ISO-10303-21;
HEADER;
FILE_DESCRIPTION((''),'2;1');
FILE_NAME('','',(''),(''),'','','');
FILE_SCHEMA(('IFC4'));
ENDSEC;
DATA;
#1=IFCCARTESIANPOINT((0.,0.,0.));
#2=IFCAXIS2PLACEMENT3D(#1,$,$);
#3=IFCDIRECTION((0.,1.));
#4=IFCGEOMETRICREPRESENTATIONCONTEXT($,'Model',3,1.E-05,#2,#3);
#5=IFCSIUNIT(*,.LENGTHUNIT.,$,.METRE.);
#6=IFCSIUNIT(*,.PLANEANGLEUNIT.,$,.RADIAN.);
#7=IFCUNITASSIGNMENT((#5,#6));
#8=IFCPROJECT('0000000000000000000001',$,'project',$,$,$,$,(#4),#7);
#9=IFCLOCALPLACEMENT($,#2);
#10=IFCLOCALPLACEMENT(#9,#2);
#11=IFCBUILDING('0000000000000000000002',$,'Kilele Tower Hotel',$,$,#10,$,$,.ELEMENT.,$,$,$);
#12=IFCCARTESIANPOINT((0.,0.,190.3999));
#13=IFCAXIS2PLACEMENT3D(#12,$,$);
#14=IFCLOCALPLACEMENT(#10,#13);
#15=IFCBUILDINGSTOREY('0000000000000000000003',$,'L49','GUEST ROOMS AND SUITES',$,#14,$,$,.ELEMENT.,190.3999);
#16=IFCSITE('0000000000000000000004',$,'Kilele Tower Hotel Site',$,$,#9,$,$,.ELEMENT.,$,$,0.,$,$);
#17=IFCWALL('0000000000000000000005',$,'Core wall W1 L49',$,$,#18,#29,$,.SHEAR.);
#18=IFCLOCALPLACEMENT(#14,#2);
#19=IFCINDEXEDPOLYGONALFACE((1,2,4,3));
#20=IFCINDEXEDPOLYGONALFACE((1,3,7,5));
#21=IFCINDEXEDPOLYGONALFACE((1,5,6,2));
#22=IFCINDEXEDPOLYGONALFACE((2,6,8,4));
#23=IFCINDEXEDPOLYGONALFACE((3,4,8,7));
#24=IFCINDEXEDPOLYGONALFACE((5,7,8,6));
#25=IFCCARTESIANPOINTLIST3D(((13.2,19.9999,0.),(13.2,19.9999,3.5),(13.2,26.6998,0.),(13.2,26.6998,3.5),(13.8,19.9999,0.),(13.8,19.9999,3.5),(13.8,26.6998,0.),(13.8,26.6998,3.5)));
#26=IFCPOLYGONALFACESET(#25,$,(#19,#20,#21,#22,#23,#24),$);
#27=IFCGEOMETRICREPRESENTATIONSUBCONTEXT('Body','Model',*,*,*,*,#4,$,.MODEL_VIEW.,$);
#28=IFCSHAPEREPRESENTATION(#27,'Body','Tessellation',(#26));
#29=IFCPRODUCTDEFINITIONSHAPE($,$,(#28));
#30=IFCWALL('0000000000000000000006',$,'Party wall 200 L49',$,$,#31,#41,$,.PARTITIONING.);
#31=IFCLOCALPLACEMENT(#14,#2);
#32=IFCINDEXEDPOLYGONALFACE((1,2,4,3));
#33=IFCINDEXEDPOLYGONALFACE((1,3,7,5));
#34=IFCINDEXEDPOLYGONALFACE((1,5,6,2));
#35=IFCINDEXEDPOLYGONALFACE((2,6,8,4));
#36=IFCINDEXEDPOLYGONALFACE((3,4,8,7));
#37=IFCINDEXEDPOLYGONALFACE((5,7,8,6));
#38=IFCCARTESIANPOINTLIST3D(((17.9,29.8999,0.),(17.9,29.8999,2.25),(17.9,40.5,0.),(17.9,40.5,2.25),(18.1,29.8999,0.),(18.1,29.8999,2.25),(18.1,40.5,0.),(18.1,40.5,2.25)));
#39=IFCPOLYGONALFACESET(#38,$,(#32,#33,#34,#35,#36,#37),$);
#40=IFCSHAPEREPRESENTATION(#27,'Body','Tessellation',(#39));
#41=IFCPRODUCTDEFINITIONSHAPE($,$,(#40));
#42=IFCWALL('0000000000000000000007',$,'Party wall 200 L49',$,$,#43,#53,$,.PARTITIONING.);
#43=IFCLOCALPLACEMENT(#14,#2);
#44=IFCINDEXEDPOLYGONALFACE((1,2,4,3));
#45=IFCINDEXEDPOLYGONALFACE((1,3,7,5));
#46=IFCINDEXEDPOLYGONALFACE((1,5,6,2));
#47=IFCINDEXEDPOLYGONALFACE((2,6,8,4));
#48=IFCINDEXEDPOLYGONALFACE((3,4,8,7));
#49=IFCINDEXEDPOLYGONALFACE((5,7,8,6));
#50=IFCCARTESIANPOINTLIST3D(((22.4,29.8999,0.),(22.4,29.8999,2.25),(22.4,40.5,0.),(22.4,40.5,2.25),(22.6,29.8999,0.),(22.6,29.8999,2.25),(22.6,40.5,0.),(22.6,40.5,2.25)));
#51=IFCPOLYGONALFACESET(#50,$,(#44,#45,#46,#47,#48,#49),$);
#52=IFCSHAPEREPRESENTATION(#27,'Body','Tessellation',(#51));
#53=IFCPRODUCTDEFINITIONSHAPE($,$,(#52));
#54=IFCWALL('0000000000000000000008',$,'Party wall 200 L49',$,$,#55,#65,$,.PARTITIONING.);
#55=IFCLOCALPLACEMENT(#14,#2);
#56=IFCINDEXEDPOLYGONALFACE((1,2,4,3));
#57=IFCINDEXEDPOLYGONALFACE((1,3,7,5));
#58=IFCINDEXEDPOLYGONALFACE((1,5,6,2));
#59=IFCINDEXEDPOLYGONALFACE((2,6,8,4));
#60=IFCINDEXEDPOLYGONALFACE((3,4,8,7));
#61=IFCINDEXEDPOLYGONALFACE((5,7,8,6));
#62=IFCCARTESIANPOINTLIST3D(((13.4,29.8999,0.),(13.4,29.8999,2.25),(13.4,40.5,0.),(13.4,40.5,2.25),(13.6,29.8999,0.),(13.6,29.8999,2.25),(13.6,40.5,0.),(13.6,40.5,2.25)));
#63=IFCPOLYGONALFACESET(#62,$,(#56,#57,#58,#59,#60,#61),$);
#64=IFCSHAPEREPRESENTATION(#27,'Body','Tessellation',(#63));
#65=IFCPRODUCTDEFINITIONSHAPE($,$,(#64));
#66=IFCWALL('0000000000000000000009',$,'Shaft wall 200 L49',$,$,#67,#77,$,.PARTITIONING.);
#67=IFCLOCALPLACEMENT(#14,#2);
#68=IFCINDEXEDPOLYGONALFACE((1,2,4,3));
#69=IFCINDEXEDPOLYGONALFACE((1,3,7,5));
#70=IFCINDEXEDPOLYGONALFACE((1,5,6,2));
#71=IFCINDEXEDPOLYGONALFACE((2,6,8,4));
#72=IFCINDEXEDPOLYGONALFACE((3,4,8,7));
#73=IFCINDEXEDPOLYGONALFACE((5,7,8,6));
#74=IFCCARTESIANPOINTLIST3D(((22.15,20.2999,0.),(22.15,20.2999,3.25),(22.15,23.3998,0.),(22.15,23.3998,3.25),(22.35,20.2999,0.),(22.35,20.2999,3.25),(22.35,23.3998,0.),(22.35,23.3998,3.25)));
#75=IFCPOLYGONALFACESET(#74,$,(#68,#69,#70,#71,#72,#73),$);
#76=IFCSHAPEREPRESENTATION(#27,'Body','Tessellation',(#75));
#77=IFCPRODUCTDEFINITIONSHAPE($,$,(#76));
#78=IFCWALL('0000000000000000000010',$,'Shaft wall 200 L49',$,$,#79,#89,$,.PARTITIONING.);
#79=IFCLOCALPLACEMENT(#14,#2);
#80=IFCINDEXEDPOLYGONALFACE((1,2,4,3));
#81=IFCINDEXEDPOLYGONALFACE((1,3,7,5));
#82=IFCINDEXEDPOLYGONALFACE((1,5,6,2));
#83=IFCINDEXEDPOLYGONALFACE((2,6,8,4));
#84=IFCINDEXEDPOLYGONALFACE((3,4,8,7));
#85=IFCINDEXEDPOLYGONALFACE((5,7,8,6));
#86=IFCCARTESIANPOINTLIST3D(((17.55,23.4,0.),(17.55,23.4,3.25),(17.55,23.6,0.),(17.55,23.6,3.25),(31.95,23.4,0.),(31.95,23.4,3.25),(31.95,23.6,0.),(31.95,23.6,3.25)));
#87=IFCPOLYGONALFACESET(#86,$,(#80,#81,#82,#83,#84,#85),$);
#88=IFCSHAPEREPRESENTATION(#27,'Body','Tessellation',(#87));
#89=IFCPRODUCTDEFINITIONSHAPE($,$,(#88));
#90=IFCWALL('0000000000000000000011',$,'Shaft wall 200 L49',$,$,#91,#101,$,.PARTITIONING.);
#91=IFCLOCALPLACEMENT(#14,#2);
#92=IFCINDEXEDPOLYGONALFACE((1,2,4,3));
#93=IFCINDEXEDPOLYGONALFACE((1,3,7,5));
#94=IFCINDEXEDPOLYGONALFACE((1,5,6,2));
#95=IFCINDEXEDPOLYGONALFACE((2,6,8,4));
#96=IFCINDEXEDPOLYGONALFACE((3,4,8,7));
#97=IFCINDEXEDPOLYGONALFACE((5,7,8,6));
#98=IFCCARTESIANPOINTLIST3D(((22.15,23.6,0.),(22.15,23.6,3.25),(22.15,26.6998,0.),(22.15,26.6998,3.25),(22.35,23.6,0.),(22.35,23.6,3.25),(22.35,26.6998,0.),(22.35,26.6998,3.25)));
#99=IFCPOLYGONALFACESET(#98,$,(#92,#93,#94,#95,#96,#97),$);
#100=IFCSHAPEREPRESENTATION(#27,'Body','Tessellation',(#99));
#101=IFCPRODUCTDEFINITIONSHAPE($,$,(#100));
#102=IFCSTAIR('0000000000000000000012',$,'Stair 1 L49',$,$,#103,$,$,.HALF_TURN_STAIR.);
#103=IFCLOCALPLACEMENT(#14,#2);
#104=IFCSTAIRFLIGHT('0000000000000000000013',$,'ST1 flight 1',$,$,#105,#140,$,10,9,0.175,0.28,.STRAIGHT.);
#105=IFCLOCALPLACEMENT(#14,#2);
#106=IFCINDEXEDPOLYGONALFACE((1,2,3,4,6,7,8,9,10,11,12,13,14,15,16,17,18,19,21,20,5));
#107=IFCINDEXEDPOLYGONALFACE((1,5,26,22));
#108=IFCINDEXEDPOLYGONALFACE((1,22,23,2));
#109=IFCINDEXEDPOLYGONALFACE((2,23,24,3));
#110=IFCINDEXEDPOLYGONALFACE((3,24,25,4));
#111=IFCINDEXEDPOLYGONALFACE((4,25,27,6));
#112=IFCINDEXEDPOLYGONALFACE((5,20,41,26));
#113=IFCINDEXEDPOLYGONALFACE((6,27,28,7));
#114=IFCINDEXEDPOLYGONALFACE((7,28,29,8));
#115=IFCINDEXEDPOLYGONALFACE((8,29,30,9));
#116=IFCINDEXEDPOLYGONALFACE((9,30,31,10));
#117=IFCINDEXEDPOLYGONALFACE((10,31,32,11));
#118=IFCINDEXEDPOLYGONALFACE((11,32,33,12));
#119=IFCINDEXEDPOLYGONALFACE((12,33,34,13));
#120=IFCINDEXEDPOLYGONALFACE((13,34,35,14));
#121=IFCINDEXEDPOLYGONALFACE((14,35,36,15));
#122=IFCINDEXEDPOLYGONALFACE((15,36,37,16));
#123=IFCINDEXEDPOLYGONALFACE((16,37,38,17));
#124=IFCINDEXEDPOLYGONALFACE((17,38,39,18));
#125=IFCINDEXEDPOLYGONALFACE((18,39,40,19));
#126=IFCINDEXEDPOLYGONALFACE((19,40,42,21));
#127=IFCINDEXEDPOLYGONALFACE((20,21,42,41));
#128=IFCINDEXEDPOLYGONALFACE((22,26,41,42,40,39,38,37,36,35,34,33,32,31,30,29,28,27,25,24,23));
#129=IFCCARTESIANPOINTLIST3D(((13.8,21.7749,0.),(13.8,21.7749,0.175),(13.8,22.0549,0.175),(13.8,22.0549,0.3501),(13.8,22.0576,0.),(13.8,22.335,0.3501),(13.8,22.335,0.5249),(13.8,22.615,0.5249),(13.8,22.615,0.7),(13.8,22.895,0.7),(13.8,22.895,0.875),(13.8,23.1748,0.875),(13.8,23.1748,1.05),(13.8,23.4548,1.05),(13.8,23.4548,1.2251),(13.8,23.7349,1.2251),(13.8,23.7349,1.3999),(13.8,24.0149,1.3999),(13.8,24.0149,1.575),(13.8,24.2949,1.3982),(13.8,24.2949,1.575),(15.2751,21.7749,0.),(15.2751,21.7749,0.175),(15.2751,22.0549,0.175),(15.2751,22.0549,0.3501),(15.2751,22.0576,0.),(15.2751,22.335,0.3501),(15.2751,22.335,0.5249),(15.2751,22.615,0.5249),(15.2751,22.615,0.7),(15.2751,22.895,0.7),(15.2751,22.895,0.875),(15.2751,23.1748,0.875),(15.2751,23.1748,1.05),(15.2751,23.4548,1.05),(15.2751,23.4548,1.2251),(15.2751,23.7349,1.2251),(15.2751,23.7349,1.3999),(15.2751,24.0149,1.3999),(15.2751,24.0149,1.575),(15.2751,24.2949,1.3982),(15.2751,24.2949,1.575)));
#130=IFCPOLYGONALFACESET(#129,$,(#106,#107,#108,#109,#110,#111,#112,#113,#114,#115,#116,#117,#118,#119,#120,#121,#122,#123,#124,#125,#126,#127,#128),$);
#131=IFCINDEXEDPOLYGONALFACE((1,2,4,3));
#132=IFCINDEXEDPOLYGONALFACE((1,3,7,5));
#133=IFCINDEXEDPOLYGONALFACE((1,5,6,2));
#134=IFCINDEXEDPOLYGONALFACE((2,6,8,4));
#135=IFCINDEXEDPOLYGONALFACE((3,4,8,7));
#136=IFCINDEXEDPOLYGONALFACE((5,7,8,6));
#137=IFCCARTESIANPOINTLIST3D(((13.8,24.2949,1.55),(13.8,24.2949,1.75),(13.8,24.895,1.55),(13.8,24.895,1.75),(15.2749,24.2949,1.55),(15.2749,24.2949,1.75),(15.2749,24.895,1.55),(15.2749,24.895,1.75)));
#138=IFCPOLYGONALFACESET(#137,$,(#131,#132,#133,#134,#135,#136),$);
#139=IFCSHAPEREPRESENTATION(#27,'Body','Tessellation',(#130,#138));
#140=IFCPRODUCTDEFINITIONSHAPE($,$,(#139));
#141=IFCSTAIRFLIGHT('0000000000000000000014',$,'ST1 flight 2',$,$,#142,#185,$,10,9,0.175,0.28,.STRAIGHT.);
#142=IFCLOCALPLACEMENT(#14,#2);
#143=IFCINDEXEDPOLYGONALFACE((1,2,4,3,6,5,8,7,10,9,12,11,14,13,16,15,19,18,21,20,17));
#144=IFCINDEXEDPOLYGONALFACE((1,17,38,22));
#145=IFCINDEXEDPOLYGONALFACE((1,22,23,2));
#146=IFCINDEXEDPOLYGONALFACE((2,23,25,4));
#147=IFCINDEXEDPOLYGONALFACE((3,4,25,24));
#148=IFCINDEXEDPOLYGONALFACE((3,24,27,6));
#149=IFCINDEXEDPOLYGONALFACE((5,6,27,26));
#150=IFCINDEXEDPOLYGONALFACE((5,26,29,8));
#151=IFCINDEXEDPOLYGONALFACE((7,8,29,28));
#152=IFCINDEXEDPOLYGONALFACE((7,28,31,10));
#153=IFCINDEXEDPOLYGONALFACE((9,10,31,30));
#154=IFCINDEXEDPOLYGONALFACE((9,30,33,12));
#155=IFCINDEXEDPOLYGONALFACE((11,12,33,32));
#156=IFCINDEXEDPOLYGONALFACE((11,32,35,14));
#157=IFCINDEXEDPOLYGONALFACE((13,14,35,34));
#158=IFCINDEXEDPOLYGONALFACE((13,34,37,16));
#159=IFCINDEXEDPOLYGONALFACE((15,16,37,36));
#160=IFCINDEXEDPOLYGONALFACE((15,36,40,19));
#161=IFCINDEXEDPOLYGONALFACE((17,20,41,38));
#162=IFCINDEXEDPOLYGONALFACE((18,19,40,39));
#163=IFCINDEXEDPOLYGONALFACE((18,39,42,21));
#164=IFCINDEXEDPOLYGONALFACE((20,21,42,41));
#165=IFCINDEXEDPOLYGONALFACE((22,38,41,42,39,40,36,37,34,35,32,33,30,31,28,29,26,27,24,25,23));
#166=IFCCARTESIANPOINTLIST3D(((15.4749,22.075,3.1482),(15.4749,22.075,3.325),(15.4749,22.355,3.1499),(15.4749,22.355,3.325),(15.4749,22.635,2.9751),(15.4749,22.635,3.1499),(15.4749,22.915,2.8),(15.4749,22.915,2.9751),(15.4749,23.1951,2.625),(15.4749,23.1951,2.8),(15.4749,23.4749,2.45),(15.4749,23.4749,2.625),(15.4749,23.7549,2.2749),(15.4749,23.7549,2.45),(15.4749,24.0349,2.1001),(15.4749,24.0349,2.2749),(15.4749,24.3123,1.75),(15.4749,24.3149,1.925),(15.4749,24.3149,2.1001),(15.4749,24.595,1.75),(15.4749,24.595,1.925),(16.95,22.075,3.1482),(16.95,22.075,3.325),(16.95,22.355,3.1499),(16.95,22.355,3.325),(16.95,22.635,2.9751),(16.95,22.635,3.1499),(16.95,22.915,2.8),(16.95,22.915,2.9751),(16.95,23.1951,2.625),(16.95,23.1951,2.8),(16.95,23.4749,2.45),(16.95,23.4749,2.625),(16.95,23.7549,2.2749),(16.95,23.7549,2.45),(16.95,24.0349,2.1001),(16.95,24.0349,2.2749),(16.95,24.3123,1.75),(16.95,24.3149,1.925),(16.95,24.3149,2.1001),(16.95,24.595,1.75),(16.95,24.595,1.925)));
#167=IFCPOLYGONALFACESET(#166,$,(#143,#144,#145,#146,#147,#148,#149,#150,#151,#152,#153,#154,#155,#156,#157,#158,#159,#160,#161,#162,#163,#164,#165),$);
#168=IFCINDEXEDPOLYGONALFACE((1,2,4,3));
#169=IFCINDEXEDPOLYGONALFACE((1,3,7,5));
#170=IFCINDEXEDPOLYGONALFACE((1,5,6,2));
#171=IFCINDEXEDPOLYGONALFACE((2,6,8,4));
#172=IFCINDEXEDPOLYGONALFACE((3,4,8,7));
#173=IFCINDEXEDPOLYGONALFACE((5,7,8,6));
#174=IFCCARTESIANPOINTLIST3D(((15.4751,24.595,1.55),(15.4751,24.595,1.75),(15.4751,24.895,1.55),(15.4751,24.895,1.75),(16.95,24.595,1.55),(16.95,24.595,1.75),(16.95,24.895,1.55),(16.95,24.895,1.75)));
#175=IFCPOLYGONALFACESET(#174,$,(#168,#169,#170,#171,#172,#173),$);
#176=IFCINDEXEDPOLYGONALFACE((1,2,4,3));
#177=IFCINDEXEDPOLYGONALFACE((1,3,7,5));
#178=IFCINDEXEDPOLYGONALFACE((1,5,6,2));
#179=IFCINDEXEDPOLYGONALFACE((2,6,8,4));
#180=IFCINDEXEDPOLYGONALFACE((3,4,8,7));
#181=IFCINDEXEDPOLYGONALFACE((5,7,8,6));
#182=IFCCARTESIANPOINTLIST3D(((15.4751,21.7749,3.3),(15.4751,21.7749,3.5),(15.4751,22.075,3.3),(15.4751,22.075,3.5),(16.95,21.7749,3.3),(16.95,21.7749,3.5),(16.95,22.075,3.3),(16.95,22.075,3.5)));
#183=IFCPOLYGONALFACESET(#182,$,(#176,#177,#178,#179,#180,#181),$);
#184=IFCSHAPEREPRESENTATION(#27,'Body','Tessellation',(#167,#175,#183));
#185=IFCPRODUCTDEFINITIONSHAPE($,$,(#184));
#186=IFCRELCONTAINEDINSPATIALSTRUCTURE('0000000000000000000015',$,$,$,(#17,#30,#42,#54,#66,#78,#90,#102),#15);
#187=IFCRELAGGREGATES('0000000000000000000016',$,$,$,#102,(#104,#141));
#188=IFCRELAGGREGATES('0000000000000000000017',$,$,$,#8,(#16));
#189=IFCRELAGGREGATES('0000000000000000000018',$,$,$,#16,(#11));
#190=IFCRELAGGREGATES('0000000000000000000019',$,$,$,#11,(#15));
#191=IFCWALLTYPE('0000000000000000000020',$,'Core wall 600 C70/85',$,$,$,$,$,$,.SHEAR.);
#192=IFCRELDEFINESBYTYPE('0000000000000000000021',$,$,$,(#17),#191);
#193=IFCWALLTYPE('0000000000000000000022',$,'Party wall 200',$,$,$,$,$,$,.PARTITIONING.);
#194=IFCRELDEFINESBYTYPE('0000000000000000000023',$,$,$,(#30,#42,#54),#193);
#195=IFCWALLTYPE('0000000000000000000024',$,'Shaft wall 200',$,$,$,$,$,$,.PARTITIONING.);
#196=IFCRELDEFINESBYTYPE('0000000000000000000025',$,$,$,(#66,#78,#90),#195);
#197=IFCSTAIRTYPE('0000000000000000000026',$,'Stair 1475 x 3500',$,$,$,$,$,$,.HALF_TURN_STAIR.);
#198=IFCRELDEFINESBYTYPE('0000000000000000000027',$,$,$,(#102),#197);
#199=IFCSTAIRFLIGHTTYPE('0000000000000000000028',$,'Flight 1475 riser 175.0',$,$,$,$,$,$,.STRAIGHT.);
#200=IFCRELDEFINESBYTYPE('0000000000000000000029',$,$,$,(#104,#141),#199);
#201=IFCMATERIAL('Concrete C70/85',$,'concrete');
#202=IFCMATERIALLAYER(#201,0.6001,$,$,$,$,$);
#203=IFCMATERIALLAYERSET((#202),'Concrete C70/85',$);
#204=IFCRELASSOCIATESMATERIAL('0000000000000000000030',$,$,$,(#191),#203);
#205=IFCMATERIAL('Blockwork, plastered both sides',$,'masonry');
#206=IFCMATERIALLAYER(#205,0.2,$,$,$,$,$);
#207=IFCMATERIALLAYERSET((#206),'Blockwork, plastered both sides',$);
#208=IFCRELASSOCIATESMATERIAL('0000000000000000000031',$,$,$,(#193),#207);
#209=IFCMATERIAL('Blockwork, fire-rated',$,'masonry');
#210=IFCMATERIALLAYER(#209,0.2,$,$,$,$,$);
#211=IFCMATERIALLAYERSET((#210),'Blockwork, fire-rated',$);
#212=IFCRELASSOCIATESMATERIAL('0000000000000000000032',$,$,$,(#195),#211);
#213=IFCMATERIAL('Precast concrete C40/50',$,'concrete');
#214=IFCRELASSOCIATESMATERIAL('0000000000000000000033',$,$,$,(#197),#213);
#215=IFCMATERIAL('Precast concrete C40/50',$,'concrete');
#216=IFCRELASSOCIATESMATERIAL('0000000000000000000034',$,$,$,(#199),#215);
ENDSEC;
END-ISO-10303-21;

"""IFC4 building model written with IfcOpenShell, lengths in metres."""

from ifc_helpers import new_model, si_unit, direction, frame, frame_2d, origin, place, context, subcontext, project, spatial, polyline, rectangle, outline, extrude, material, layer, layer_set, type_object, element, aggregate, save


model = new_model("IFC4")

# Units and contexts
model_context = context("Model", 3, precision=1e-05, world=origin(), true_north=direction((0.0, 1.0)))
body_context = subcontext(model_context, "Body", "Model", "MODEL_VIEW")
ifc_project = project(units=[si_unit("LENGTHUNIT", "METRE"), si_unit("PLANEANGLEUNIT", "RADIAN")], contexts=[model_context])

# Site, building, storey
site_placement = place(None, origin())
site = spatial("IfcSite", under=ifc_project, at=site_placement, Name="Kilele Tower Hotel Site", CompositionType="ELEMENT", RefElevation=0.0)
building_placement = place(site_placement, origin())
building = spatial("IfcBuilding", under=site, at=building_placement, Name="Kilele Tower Hotel", CompositionType="ELEMENT")
storey_placement = place(building_placement, frame((0.0, 0.0, 190.3999)))
storey = spatial("IfcBuildingStorey", under=building, at=storey_placement, Name="L49", Description="GUEST ROOMS AND SUITES", CompositionType="ELEMENT", Elevation=190.3999)

# Walls
ifc_material_1 = material(Name="Concrete C70/85", Category="concrete")
ifc_layer_1 = layer(ifc_material_1, 0.6001)
ifc_layer_set_1 = layer_set([ifc_layer_1], Name="Concrete C70/85")
wall_type_1 = type_object("IfcWallType", Name="Core wall 600 C70/85", PredefinedType="SHEAR", material=ifc_layer_set_1)
wall_1_placement = place(storey_placement, frame((13.5, 26.7, 0.0), z_axis=(0.0, 0.0, 1.0), x_axis=(0.0, -1.0, 0.0)))
element("IfcWall", 1, at=wall_1_placement, inside=storey, type_object=wall_type_1, Name="Core wall W1 L49", PredefinedType="SHEAR", context=body_context, shape_type="SweptSolid", body=[
    extrude(rectangle(XDim=6.7, YDim=0.6001, at=frame_2d((3.3501, 0.0))), origin(), (0.0, 0.0, 1.0), 3.5),
])
ifc_material_2 = material(Name="Blockwork, plastered both sides", Category="masonry")
ifc_layer_2 = layer(ifc_material_2, 0.2)
ifc_layer_set_2 = layer_set([ifc_layer_2], Name="Blockwork, plastered both sides")
wall_type_2 = type_object("IfcWallType", Name="Party wall 200", PredefinedType="PARTITIONING", material=ifc_layer_set_2)
for number, where, z_axis, x_axis, name in (
    (2, (18.0, 29.8999, 0.0), (0.0, 0.0, 1.0), (0.0, 1.0, 0.0), "Party wall 200 L49"),
    (3, (22.5, 29.8999, 0.0), (0.0, 0.0, 1.0), (0.0, 1.0, 0.0), "Party wall 200 L49"),
    (4, (13.5, 29.8999, 0.0), (0.0, 0.0, 1.0), (0.0, 1.0, 0.0), "Party wall 200 L49"),
):
    element("IfcWall", number, at=place(storey_placement, frame(where, z_axis=z_axis, x_axis=x_axis)), inside=storey, type_object=wall_type_2, Name=name, PredefinedType="PARTITIONING", context=body_context, shape_type="SweptSolid", body=[
        extrude(rectangle(XDim=10.6001, YDim=0.2, at=frame_2d((5.3, 0.0))), origin(), (0.0, 0.0, 1.0), 2.25),
    ])
ifc_material_3 = material(Name="Blockwork, fire-rated", Category="masonry")
ifc_layer_3 = layer(ifc_material_3, 0.2)
ifc_layer_set_3 = layer_set([ifc_layer_3], Name="Blockwork, fire-rated")
wall_type_3 = type_object("IfcWallType", Name="Shaft wall 200", PredefinedType="PARTITIONING", material=ifc_layer_set_3)
wall_2_placement = place(storey_placement, frame((22.25, 20.3, 0.0), z_axis=(0.0, 0.0, 1.0), x_axis=(0.0, 1.0, 0.0)))
element("IfcWall", 5, at=wall_2_placement, inside=storey, type_object=wall_type_3, Name="Shaft wall 200 L49", PredefinedType="PARTITIONING", context=body_context, shape_type="SweptSolid", body=[
    extrude(rectangle(XDim=3.0999, YDim=0.2, at=frame_2d((1.5498, 0.0))), origin(), (0.0, 0.0, 1.0), 3.25),
])
wall_3_placement = place(storey_placement, frame((17.55, 23.5, 0.0), z_axis=(0.0, 0.0, 1.0), x_axis=(1.0, 0.0, 0.0)))
element("IfcWall", 6, at=wall_3_placement, inside=storey, type_object=wall_type_3, Name="Shaft wall 200 L49", PredefinedType="PARTITIONING", context=body_context, shape_type="SweptSolid", body=[
    extrude(rectangle(XDim=14.3999, YDim=0.2, at=frame_2d((7.2, 0.0))), origin(), (0.0, 0.0, 1.0), 3.25),
])
wall_4_placement = place(storey_placement, frame((22.25, 23.6001, 0.0), z_axis=(0.0, 0.0, 1.0), x_axis=(0.0, 1.0, 0.0)))
element("IfcWall", 7, at=wall_4_placement, inside=storey, type_object=wall_type_3, Name="Shaft wall 200 L49", PredefinedType="PARTITIONING", context=body_context, shape_type="SweptSolid", body=[
    extrude(rectangle(XDim=3.0999, YDim=0.2, at=frame_2d((1.5498, 0.0))), origin(), (0.0, 0.0, 1.0), 3.25),
])

# Stair, stair flights
ifc_material_4 = material(Name="Precast concrete C40/50", Category="concrete")
stair_type = type_object("IfcStairType", Name="Stair 1475 x 3500", PredefinedType="HALF_TURN_STAIR", material=ifc_material_4)
stair_placement = place(storey_placement, origin())
stair = element("IfcStair", 8, at=stair_placement, inside=storey, type_object=stair_type, Name="Stair 1 L49", PredefinedType="HALF_TURN_STAIR")
ifc_material_5 = material(Name="Precast concrete C40/50", Category="concrete")
stair_flight_type = type_object("IfcStairFlightType", Name="Flight 1475 riser 175.0", PredefinedType="STRAIGHT", material=ifc_material_5)
stair_flight_1_placement = place(storey_placement, frame((14.5376, 21.7749, 0.0), z_axis=(0.0, 0.0, 1.0), x_axis=(0.0, 1.0, 0.0)))
stair_flight_1 = element("IfcStairFlight", 9, at=stair_flight_1_placement, type_object=stair_flight_type, Name="ST1 flight 1", NumberOfRisers=10, NumberOfTreads=9, PredefinedType="STRAIGHT", RiserHeight=0.175, TreadLength=0.28, context=body_context, shape_type="SweptSolid", body=[
    extrude(outline(polyline([(0.0, 0.0), (0.0, 0.175), (0.28, 0.175), (0.28, 0.3501), (0.5601, 0.3501), (0.5601, 0.5249), (0.8401, 0.5249), (0.8401, 0.7), (1.1201, 0.7), (1.1201, 0.875), (1.3999, 0.875), (1.3999, 1.05), (1.6799, 1.05), (1.6799, 1.2251), (1.96, 1.2251), (1.96, 1.3999), (2.24, 1.3999), (2.24, 1.575), (2.52, 1.575), (2.52, 1.75), (2.52, 1.3982), (0.2827, 0.0), (0.0, 0.0)])), frame((0.0, 0.7375, 0.0), z_axis=(0.0, -1.0, 0.0), x_axis=(1.0, 0.0, 0.0)), (0.0, 0.0, 1.0), 1.4751),
    extrude(outline(polyline([(2.52, 0.7375), (2.52, -0.7373), (3.1201, -0.7373), (3.1201, 0.7375), (2.52, 0.7375)])), frame((0.0, 0.0, 1.55)), (0.0, 0.0, 1.0), 0.2),
])
stair_flight_2_placement = place(storey_placement, frame((16.2124, 24.595, 1.75), z_axis=(0.0, 0.0, 1.0), x_axis=(0.0, -1.0, 0.0)))
stair_flight_2 = element("IfcStairFlight", 10, at=stair_flight_2_placement, type_object=stair_flight_type, Name="ST1 flight 2", NumberOfRisers=10, NumberOfTreads=9, PredefinedType="STRAIGHT", RiserHeight=0.175, TreadLength=0.28, context=body_context, shape_type="SweptSolid", body=[
    extrude(outline(polyline([(0.0, 0.0), (0.0, 0.175), (0.28, 0.175), (0.28, 0.3501), (0.5601, 0.3501), (0.5601, 0.5249), (0.8401, 0.5249), (0.8401, 0.7), (1.1201, 0.7), (1.1201, 0.875), (1.3999, 0.875), (1.3999, 1.05), (1.6799, 1.05), (1.6799, 1.2251), (1.96, 1.2251), (1.96, 1.3999), (2.24, 1.3999), (2.24, 1.575), (2.52, 1.575), (2.52, 1.75), (2.52, 1.3982), (0.2827, 0.0), (0.0, 0.0)])), frame((0.0, 0.7375, 0.0), z_axis=(0.0, -1.0, 0.0), x_axis=(1.0, 0.0, 0.0)), (0.0, 0.0, 1.0), 1.4751),
    extrude(outline(polyline([(0.0, -0.7373), (0.0, 0.7375), (-0.3, 0.7375), (-0.3, -0.7373), (0.0, -0.7373)])), frame((0.0, 0.0, -0.2)), (0.0, 0.0, 1.0), 0.2),
    extrude(outline(polyline([(2.8201, -0.7373), (2.8201, 0.7375), (2.52, 0.7375), (2.52, -0.7373), (2.8201, -0.7373)])), frame((0.0, 0.0, 1.55)), (0.0, 0.0, 1.0), 0.2),
])
aggregate(stair, [stair_flight_1, stair_flight_2])

save(model, "model.ifc")
